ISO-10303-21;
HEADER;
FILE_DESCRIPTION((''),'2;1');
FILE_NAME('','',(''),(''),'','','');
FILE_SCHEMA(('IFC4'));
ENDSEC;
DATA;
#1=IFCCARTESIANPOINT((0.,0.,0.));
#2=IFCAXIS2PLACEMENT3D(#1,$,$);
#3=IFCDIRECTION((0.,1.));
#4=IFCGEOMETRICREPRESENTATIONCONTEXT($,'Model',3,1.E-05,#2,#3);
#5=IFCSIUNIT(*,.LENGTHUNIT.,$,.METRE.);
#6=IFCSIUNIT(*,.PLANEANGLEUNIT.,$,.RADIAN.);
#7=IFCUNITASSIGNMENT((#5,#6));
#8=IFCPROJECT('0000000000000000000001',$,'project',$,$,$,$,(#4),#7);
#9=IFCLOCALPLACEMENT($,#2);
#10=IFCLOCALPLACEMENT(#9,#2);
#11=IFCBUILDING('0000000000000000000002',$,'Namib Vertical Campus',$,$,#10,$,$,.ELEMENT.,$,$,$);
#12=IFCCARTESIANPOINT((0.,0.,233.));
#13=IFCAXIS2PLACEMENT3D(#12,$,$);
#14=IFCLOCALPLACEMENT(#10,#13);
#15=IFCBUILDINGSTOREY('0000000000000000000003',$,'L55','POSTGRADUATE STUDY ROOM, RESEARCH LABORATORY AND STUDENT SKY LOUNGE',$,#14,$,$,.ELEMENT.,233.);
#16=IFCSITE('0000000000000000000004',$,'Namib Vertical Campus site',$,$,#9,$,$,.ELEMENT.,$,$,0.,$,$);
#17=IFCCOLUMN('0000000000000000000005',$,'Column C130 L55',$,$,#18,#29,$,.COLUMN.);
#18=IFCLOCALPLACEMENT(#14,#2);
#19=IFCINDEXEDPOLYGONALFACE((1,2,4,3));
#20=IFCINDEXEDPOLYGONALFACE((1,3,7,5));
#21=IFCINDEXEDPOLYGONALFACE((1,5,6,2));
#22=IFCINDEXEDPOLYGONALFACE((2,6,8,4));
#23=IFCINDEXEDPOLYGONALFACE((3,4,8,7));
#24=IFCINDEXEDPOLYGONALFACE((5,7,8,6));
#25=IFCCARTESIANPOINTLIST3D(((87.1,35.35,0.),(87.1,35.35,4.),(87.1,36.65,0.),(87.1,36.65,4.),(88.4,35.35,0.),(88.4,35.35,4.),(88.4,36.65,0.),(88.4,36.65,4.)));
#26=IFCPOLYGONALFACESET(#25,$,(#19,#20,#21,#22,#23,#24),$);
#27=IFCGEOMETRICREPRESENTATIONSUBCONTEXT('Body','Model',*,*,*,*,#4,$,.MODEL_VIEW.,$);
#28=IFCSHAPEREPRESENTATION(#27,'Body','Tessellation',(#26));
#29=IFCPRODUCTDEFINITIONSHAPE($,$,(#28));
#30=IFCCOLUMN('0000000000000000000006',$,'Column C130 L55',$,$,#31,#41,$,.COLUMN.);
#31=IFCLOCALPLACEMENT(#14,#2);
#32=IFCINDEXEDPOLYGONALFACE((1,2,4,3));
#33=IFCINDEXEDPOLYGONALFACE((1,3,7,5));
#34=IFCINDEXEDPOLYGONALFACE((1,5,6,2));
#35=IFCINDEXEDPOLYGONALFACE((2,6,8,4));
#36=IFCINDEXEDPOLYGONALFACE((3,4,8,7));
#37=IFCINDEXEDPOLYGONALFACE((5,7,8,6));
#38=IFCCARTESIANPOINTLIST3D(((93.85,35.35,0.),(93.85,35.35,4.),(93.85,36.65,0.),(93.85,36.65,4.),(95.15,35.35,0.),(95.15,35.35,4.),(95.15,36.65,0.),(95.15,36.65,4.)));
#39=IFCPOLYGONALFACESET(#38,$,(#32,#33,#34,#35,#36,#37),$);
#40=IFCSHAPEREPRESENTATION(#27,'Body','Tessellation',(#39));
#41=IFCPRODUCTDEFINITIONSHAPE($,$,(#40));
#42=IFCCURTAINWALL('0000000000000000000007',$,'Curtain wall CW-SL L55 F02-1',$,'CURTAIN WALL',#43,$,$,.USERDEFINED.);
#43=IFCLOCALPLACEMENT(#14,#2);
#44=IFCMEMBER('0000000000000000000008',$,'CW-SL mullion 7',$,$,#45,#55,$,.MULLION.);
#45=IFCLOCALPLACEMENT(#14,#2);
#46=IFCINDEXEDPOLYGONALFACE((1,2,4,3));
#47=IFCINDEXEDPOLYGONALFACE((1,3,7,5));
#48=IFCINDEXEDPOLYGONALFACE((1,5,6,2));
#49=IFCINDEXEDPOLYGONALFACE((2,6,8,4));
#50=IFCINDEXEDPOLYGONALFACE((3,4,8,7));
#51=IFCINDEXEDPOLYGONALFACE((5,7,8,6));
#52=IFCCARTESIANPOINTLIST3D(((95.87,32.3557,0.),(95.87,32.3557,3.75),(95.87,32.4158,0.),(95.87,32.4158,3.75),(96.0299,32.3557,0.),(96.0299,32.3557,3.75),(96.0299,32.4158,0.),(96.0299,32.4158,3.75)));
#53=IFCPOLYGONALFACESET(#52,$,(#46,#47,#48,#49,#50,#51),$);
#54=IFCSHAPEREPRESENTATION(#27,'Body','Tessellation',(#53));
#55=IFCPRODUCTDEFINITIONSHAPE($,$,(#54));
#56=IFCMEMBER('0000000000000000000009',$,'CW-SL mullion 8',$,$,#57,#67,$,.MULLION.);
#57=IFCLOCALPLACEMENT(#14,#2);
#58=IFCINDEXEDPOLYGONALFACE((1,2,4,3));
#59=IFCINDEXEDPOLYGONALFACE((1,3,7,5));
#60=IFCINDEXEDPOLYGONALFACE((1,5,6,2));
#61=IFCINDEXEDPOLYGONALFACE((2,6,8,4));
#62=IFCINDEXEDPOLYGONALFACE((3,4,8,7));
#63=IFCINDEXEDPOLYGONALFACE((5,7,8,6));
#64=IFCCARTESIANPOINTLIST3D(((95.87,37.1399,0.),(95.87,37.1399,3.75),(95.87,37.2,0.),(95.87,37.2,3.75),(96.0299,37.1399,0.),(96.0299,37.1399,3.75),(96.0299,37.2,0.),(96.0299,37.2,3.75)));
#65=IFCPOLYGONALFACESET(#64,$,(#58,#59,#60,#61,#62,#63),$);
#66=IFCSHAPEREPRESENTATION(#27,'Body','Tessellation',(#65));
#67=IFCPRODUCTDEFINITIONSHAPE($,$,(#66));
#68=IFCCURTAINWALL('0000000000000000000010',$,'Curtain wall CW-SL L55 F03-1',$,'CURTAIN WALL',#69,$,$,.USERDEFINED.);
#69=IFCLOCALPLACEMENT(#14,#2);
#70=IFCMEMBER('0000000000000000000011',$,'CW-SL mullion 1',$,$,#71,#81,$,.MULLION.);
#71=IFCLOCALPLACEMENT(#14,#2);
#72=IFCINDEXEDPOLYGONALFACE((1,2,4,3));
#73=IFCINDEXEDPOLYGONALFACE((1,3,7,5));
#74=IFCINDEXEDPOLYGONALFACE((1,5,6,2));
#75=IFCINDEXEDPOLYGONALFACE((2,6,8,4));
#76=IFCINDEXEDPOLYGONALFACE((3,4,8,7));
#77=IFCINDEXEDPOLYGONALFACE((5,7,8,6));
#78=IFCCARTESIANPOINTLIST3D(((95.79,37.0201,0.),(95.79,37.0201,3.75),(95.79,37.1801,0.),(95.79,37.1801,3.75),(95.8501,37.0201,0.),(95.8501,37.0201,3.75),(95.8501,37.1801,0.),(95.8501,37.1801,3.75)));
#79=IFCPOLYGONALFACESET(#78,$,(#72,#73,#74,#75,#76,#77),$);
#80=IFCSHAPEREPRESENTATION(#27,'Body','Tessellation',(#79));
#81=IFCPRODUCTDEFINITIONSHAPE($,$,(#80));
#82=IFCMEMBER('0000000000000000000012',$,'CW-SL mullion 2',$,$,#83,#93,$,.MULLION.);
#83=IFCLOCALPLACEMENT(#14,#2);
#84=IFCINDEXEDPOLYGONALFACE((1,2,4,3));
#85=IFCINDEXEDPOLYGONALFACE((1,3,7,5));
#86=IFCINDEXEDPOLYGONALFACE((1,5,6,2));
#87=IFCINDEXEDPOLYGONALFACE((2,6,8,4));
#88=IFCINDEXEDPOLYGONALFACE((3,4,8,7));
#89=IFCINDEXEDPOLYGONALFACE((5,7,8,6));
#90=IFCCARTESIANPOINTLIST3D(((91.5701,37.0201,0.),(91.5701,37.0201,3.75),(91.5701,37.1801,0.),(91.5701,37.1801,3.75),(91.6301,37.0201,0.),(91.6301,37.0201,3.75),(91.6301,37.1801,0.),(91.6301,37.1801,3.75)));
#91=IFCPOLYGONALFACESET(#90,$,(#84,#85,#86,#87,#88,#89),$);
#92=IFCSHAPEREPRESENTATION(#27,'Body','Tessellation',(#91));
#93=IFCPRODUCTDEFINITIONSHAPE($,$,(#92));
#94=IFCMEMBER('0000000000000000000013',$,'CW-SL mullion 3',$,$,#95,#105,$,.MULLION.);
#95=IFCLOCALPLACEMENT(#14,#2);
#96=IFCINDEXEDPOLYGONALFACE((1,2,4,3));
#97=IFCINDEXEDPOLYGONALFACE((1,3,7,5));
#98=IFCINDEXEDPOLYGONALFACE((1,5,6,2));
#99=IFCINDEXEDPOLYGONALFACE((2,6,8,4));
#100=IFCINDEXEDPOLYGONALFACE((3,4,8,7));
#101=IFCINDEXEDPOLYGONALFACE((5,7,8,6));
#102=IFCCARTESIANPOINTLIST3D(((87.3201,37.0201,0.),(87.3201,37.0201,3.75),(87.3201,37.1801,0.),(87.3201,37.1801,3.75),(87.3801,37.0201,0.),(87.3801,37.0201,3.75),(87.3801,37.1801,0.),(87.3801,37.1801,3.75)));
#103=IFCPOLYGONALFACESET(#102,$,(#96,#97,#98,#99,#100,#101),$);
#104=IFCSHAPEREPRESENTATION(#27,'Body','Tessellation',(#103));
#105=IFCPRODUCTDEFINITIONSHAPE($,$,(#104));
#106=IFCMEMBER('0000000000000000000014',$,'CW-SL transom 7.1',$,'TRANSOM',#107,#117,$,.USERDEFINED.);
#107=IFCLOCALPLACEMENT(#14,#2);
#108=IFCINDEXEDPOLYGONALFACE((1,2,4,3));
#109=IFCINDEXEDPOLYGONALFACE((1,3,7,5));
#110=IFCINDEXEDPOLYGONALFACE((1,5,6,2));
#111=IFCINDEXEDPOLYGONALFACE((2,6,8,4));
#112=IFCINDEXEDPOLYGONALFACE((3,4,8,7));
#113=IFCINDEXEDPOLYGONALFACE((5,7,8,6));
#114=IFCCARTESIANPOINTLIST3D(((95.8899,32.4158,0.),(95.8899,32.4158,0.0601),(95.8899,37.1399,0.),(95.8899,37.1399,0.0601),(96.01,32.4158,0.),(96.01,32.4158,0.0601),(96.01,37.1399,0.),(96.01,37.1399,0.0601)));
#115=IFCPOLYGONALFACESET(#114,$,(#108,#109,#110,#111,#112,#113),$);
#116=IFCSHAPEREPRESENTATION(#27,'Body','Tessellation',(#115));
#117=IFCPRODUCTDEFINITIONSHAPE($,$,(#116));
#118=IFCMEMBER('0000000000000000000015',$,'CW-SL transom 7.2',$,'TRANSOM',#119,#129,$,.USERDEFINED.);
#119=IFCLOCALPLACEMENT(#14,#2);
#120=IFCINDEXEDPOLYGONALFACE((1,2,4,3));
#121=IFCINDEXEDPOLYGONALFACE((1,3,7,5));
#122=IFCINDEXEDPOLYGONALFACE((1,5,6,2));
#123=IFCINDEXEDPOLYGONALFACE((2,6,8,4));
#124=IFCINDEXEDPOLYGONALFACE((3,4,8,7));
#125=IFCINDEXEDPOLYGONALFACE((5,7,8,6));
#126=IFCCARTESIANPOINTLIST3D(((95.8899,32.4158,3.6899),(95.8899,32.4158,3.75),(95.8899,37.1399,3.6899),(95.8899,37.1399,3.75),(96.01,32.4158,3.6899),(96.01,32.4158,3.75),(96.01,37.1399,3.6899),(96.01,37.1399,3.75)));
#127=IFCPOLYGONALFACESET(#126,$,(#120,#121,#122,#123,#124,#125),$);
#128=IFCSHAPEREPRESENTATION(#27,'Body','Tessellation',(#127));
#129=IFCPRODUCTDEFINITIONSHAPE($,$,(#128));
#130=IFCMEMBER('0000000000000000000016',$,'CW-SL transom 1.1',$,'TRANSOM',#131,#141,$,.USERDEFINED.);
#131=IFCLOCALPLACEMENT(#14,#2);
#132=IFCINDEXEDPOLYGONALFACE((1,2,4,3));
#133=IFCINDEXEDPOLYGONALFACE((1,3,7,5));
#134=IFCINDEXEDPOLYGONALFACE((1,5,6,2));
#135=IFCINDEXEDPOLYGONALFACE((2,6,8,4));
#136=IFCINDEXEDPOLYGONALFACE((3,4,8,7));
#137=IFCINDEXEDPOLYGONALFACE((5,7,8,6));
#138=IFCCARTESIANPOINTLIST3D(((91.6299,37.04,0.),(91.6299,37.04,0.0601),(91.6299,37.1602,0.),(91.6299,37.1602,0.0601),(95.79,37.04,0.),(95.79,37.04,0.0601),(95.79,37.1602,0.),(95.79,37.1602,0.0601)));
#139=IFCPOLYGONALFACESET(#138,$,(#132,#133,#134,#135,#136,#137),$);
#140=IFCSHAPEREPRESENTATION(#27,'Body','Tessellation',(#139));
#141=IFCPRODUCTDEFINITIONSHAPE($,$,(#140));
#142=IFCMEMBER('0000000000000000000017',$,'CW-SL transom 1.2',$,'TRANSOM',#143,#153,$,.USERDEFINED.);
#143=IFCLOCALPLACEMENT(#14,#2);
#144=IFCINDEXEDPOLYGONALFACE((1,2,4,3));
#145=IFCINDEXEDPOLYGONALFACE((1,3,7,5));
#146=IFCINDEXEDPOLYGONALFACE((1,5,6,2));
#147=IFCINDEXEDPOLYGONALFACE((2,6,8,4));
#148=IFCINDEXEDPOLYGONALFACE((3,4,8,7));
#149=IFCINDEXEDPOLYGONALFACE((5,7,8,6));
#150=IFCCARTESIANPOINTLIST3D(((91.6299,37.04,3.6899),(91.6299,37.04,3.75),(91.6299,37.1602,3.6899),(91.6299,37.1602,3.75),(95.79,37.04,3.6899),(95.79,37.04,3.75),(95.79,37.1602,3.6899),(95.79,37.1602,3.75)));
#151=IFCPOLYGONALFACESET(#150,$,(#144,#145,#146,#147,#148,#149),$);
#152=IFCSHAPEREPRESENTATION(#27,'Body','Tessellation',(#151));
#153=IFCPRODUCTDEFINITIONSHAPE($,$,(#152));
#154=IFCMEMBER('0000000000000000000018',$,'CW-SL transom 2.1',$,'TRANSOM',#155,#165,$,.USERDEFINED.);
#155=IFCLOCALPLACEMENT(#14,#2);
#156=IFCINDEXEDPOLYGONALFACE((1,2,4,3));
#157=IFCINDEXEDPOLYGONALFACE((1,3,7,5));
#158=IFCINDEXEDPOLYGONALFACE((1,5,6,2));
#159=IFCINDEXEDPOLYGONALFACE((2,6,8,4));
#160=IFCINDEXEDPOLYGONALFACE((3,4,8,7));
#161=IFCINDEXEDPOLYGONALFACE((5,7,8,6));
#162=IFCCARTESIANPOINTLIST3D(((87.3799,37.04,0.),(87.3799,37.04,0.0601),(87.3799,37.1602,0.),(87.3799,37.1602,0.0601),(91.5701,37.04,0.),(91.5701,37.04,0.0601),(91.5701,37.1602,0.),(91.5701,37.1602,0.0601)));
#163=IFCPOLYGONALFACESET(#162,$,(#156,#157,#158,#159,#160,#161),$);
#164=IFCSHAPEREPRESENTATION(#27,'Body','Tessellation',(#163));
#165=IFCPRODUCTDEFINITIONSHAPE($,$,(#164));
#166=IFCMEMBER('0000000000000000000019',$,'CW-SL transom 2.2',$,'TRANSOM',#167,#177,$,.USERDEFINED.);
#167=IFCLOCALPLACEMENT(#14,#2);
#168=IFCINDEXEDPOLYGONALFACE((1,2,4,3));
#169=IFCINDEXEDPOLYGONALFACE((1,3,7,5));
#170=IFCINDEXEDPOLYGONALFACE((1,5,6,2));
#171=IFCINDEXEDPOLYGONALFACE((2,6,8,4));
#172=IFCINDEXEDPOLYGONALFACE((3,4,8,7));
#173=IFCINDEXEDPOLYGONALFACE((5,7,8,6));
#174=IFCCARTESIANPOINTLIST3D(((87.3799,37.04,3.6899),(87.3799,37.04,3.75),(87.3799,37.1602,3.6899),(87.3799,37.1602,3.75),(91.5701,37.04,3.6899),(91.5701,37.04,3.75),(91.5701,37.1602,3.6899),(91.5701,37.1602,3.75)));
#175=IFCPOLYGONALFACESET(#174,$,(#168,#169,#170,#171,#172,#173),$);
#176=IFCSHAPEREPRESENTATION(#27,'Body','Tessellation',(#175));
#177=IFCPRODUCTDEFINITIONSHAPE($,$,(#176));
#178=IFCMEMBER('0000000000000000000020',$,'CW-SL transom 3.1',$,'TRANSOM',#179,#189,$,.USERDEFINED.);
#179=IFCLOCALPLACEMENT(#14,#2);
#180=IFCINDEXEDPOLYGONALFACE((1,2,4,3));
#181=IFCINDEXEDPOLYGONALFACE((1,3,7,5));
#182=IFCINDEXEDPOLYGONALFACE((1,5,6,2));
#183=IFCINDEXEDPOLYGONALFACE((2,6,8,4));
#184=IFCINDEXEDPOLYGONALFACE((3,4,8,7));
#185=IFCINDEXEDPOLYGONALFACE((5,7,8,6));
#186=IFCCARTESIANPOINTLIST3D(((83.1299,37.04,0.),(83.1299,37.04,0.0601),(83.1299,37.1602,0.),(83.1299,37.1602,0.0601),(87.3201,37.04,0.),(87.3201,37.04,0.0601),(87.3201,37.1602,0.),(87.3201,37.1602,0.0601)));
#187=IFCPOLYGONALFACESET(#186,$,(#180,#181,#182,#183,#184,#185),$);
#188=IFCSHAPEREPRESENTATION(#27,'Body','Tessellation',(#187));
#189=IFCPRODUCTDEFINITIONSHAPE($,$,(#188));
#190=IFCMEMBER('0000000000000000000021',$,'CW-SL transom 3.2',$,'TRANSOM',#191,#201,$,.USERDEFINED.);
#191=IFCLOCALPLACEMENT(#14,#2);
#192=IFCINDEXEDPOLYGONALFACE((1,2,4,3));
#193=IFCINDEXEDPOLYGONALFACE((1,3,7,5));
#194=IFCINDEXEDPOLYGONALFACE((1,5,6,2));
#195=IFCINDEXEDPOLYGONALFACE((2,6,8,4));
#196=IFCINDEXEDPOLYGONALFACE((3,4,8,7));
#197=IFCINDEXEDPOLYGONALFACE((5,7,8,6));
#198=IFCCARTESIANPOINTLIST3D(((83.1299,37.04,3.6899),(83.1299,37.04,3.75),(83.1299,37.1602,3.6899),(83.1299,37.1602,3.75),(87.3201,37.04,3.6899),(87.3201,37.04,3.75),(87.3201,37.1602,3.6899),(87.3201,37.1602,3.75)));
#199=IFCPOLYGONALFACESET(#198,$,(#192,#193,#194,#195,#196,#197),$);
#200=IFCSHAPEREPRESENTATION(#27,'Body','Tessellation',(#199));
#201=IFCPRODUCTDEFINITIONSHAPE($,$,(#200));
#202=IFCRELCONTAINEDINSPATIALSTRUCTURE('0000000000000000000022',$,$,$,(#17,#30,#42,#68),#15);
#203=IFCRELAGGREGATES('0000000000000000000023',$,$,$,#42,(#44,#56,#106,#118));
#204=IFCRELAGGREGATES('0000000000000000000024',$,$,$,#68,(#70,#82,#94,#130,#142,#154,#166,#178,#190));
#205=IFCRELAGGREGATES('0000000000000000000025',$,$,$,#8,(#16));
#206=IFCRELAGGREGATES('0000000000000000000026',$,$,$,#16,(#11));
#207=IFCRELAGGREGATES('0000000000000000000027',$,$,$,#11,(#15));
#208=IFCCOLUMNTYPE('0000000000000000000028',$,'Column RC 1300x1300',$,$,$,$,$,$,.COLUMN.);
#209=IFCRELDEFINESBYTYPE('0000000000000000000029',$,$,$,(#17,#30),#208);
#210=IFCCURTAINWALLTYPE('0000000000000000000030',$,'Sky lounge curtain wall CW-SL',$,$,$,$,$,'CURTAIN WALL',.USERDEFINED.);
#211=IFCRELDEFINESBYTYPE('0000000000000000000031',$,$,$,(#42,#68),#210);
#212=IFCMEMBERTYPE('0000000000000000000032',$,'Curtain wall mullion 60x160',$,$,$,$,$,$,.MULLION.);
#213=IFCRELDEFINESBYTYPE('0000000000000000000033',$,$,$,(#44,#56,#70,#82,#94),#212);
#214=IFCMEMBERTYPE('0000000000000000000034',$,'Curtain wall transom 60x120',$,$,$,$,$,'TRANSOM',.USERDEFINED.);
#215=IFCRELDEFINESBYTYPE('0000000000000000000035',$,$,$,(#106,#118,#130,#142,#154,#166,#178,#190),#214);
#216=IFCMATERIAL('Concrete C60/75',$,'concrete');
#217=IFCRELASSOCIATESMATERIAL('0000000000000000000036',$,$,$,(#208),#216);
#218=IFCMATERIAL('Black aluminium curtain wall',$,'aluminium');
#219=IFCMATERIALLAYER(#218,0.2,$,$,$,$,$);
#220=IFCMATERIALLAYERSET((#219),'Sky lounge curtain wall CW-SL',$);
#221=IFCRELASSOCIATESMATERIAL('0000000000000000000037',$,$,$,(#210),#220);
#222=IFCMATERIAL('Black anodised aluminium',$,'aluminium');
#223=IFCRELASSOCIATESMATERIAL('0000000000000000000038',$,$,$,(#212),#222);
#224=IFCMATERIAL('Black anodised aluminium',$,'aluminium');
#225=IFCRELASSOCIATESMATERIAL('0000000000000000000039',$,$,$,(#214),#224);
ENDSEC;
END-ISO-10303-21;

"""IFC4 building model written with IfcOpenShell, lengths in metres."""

from ifc_helpers import new_model, si_unit, direction, frame, origin, origin_2d, place, context, subcontext, project, spatial, rectangle, extrude, material, layer, layer_set, material_profile, profile_set, type_object, element, aggregate, save


model = new_model("IFC4")

# Units and contexts
model_context = context("Model", 3, precision=1e-05, world=origin(), true_north=direction((0.0, 1.0)))
body_context = subcontext(model_context, "Body", "Model", "MODEL_VIEW")
ifc_project = project(units=[si_unit("LENGTHUNIT", "METRE"), si_unit("PLANEANGLEUNIT", "RADIAN")], contexts=[model_context])

# Site, building, storey
site_placement = place(None, origin())
site = spatial("IfcSite", under=ifc_project, at=site_placement, Name="Namib Vertical Campus site", CompositionType="ELEMENT", RefElevation=0.0)
building_placement = place(site_placement, origin())
building = spatial("IfcBuilding", under=site, at=building_placement, Name="Namib Vertical Campus", CompositionType="ELEMENT")
storey_placement = place(building_placement, frame((0.0, 0.0, 233.0)))
storey = spatial("IfcBuildingStorey", under=building, at=storey_placement, Name="L55", Description="POSTGRADUATE STUDY ROOM, RESEARCH LABORATORY AND STUDENT SKY LOUNGE", CompositionType="ELEMENT", Elevation=233.0)

# Columns
ifc_material_1 = material(Name="Concrete C60/75", Category="concrete")
ifc_material_profile_1 = material_profile(ifc_material_1, rectangle(XDim=1.3, YDim=1.3, at=origin_2d()))
ifc_profile_set_1 = profile_set([ifc_material_profile_1], Name="Concrete C60/75")
column_type = type_object("IfcColumnType", Name="Column RC 1300x1300", PredefinedType="COLUMN", material=ifc_profile_set_1)
for number, where, z_axis, x_axis, name in (
    (1, (87.75, 36.0, 0.0), (0.0, 0.0, 1.0), (1.0, 0.0, 0.0), "Column C130 L55"),
    (2, (94.5, 36.0, 0.0), (0.0, 0.0, 1.0), (1.0, 0.0, 0.0), "Column C130 L55"),
):
    element("IfcColumn", number, at=place(storey_placement, frame(where, z_axis=z_axis, x_axis=x_axis)), inside=storey, type_object=column_type, Name=name, PredefinedType="COLUMN", context=body_context, shape_type="SweptSolid", body=[
        extrude(rectangle(XDim=1.3, YDim=1.3, at=origin_2d()), origin(), (0.0, 0.0, 1.0), 4.0),
    ])

# Curtain walls, members
ifc_material_2 = material(Name="Black aluminium curtain wall", Category="aluminium")
ifc_layer_1 = layer(ifc_material_2, 0.2)
ifc_layer_set_1 = layer_set([ifc_layer_1], Name="Sky lounge curtain wall CW-SL")
curtain_wall_type = type_object("IfcCurtainWallType", Name="Sky lounge curtain wall CW-SL", ElementType="CURTAIN WALL", PredefinedType="USERDEFINED", material=ifc_layer_set_1)
curtain_wall_1_placement = place(storey_placement, origin())
curtain_wall_1 = element("IfcCurtainWall", 3, at=curtain_wall_1_placement, inside=storey, type_object=curtain_wall_type, Name="Curtain wall CW-SL L55 F02-1", ObjectType="CURTAIN WALL", PredefinedType="USERDEFINED")
ifc_material_3 = material(Name="Black anodised aluminium", Category="aluminium")
ifc_material_profile_2 = material_profile(ifc_material_3, rectangle(XDim=0.0601, YDim=0.1599, at=origin_2d()))
ifc_profile_set_2 = profile_set([ifc_material_profile_2], Name="Black anodised aluminium")
member_type_1 = type_object("IfcMemberType", Name="Curtain wall mullion 60x160", PredefinedType="MULLION", material=ifc_profile_set_2)
member_1_placement = place(storey_placement, frame((95.95, 32.3857, 0.0), z_axis=(0.0, 0.0, 1.0), x_axis=(0.0, 1.0, 0.0)))
member_1 = element("IfcMember", 4, at=member_1_placement, type_object=member_type_1, Name="CW-SL mullion 7", PredefinedType="MULLION", context=body_context, shape_type="SweptSolid", body=[
    extrude(rectangle(XDim=0.0601, YDim=0.1599, at=origin_2d()), origin(), (0.0, 0.0, 1.0), 3.75),
])
member_2_placement = place(storey_placement, frame((95.95, 37.1699, 0.0), z_axis=(0.0, 0.0, 1.0), x_axis=(0.0, 1.0, 0.0)))
member_2 = element("IfcMember", 5, at=member_2_placement, type_object=member_type_1, Name="CW-SL mullion 8", PredefinedType="MULLION", context=body_context, shape_type="SweptSolid", body=[
    extrude(rectangle(XDim=0.0601, YDim=0.1599, at=origin_2d()), origin(), (0.0, 0.0, 1.0), 3.75),
])
curtain_wall_2_placement = place(storey_placement, origin())
curtain_wall_2 = element("IfcCurtainWall", 6, at=curtain_wall_2_placement, inside=storey, type_object=curtain_wall_type, Name="Curtain wall CW-SL L55 F03-1", ObjectType="CURTAIN WALL", PredefinedType="USERDEFINED")
member_3_placement = place(storey_placement, frame((95.8201, 37.1001, 0.0), z_axis=(0.0, 0.0, 1.0), x_axis=(-1.0, 0.0, 0.0)))
member_3 = element("IfcMember", 7, at=member_3_placement, type_object=member_type_1, Name="CW-SL mullion 1", PredefinedType="MULLION", context=body_context, shape_type="SweptSolid", body=[
    extrude(rectangle(XDim=0.0601, YDim=0.1599, at=origin_2d()), origin(), (0.0, 0.0, 1.0), 3.75),
])
member_4_placement = place(storey_placement, frame((91.6001, 37.1001, 0.0), z_axis=(0.0, 0.0, 1.0), x_axis=(-1.0, 0.0, 0.0)))
member_4 = element("IfcMember", 8, at=member_4_placement, type_object=member_type_1, Name="CW-SL mullion 2", PredefinedType="MULLION", context=body_context, shape_type="SweptSolid", body=[
    extrude(rectangle(XDim=0.0601, YDim=0.1599, at=origin_2d()), origin(), (0.0, 0.0, 1.0), 3.75),
])
member_5_placement = place(storey_placement, frame((87.3501, 37.1001, 0.0), z_axis=(0.0, 0.0, 1.0), x_axis=(-1.0, 0.0, 0.0)))
member_5 = element("IfcMember", 9, at=member_5_placement, type_object=member_type_1, Name="CW-SL mullion 3", PredefinedType="MULLION", context=body_context, shape_type="SweptSolid", body=[
    extrude(rectangle(XDim=0.0601, YDim=0.1599, at=origin_2d()), origin(), (0.0, 0.0, 1.0), 3.75),
])

# Members
ifc_material_4 = material(Name="Black anodised aluminium", Category="aluminium")
ifc_material_profile_3 = material_profile(ifc_material_4, rectangle(XDim=0.0601, YDim=0.1201, at=origin_2d()))
ifc_profile_set_3 = profile_set([ifc_material_profile_3], Name="Black anodised aluminium")
member_type_2 = type_object("IfcMemberType", Name="Curtain wall transom 60x120", ElementType="TRANSOM", PredefinedType="USERDEFINED", material=ifc_profile_set_3)
member_6_placement = place(storey_placement, frame((95.95, 32.4158, 0.03), z_axis=(0.0, 1.0, 0.0), x_axis=(0.0, 0.0, 1.0)))
member_6 = element("IfcMember", 10, at=member_6_placement, type_object=member_type_2, Name="CW-SL transom 7.1", ObjectType="TRANSOM", PredefinedType="USERDEFINED", context=body_context, shape_type="SweptSolid", body=[
    extrude(rectangle(XDim=0.0601, YDim=0.1201, at=origin_2d()), origin(), (0.0, 0.0, 1.0), 4.7241),
])
member_7_placement = place(storey_placement, frame((95.95, 32.4158, 3.72), z_axis=(0.0, 1.0, 0.0), x_axis=(0.0, 0.0, 1.0)))
member_7 = element("IfcMember", 11, at=member_7_placement, type_object=member_type_2, Name="CW-SL transom 7.2", ObjectType="TRANSOM", PredefinedType="USERDEFINED", context=body_context, shape_type="SweptSolid", body=[
    extrude(rectangle(XDim=0.0601, YDim=0.1201, at=origin_2d()), origin(), (0.0, 0.0, 1.0), 4.7241),
])
member_8_placement = place(storey_placement, frame((95.79, 37.1001, 0.03), z_axis=(-1.0, 0.0, 0.0), x_axis=(0.0, 0.0, 1.0)))
member_8 = element("IfcMember", 12, at=member_8_placement, type_object=member_type_2, Name="CW-SL transom 1.1", ObjectType="TRANSOM", PredefinedType="USERDEFINED", context=body_context, shape_type="SweptSolid", body=[
    extrude(rectangle(XDim=0.0601, YDim=0.1201, at=origin_2d()), origin(), (0.0, 0.0, 1.0), 4.1602),
])
member_9_placement = place(storey_placement, frame((95.79, 37.1001, 3.72), z_axis=(-1.0, 0.0, 0.0), x_axis=(0.0, 0.0, 1.0)))
member_9 = element("IfcMember", 13, at=member_9_placement, type_object=member_type_2, Name="CW-SL transom 1.2", ObjectType="TRANSOM", PredefinedType="USERDEFINED", context=body_context, shape_type="SweptSolid", body=[
    extrude(rectangle(XDim=0.0601, YDim=0.1201, at=origin_2d()), origin(), (0.0, 0.0, 1.0), 4.1602),
])
member_10_placement = place(storey_placement, frame((91.5701, 37.1001, 0.03), z_axis=(-1.0, 0.0, 0.0), x_axis=(0.0, 0.0, 1.0)))
member_10 = element("IfcMember", 14, at=member_10_placement, type_object=member_type_2, Name="CW-SL transom 2.1", ObjectType="TRANSOM", PredefinedType="USERDEFINED", context=body_context, shape_type="SweptSolid", body=[
    extrude(rectangle(XDim=0.0601, YDim=0.1201, at=origin_2d()), origin(), (0.0, 0.0, 1.0), 4.1902),
])
member_11_placement = place(storey_placement, frame((91.5701, 37.1001, 3.72), z_axis=(-1.0, 0.0, 0.0), x_axis=(0.0, 0.0, 1.0)))
member_11 = element("IfcMember", 15, at=member_11_placement, type_object=member_type_2, Name="CW-SL transom 2.2", ObjectType="TRANSOM", PredefinedType="USERDEFINED", context=body_context, shape_type="SweptSolid", body=[
    extrude(rectangle(XDim=0.0601, YDim=0.1201, at=origin_2d()), origin(), (0.0, 0.0, 1.0), 4.1902),
])
member_12_placement = place(storey_placement, frame((87.3201, 37.1001, 0.03), z_axis=(-1.0, 0.0, 0.0), x_axis=(0.0, 0.0, 1.0)))
member_12 = element("IfcMember", 16, at=member_12_placement, type_object=member_type_2, Name="CW-SL transom 3.1", ObjectType="TRANSOM", PredefinedType="USERDEFINED", context=body_context, shape_type="SweptSolid", body=[
    extrude(rectangle(XDim=0.0601, YDim=0.1201, at=origin_2d()), origin(), (0.0, 0.0, 1.0), 4.1902),
])
member_13_placement = place(storey_placement, frame((87.3201, 37.1001, 3.72), z_axis=(-1.0, 0.0, 0.0), x_axis=(0.0, 0.0, 1.0)))
member_13 = element("IfcMember", 17, at=member_13_placement, type_object=member_type_2, Name="CW-SL transom 3.2", ObjectType="TRANSOM", PredefinedType="USERDEFINED", context=body_context, shape_type="SweptSolid", body=[
    extrude(rectangle(XDim=0.0601, YDim=0.1201, at=origin_2d()), origin(), (0.0, 0.0, 1.0), 4.1902),
])

aggregate(curtain_wall_1, [member_1, member_2, member_6, member_7])
aggregate(curtain_wall_2, [member_3, member_4, member_5, member_8, member_9, member_10, member_11, member_12, member_13])

save(model, "model.ifc")
